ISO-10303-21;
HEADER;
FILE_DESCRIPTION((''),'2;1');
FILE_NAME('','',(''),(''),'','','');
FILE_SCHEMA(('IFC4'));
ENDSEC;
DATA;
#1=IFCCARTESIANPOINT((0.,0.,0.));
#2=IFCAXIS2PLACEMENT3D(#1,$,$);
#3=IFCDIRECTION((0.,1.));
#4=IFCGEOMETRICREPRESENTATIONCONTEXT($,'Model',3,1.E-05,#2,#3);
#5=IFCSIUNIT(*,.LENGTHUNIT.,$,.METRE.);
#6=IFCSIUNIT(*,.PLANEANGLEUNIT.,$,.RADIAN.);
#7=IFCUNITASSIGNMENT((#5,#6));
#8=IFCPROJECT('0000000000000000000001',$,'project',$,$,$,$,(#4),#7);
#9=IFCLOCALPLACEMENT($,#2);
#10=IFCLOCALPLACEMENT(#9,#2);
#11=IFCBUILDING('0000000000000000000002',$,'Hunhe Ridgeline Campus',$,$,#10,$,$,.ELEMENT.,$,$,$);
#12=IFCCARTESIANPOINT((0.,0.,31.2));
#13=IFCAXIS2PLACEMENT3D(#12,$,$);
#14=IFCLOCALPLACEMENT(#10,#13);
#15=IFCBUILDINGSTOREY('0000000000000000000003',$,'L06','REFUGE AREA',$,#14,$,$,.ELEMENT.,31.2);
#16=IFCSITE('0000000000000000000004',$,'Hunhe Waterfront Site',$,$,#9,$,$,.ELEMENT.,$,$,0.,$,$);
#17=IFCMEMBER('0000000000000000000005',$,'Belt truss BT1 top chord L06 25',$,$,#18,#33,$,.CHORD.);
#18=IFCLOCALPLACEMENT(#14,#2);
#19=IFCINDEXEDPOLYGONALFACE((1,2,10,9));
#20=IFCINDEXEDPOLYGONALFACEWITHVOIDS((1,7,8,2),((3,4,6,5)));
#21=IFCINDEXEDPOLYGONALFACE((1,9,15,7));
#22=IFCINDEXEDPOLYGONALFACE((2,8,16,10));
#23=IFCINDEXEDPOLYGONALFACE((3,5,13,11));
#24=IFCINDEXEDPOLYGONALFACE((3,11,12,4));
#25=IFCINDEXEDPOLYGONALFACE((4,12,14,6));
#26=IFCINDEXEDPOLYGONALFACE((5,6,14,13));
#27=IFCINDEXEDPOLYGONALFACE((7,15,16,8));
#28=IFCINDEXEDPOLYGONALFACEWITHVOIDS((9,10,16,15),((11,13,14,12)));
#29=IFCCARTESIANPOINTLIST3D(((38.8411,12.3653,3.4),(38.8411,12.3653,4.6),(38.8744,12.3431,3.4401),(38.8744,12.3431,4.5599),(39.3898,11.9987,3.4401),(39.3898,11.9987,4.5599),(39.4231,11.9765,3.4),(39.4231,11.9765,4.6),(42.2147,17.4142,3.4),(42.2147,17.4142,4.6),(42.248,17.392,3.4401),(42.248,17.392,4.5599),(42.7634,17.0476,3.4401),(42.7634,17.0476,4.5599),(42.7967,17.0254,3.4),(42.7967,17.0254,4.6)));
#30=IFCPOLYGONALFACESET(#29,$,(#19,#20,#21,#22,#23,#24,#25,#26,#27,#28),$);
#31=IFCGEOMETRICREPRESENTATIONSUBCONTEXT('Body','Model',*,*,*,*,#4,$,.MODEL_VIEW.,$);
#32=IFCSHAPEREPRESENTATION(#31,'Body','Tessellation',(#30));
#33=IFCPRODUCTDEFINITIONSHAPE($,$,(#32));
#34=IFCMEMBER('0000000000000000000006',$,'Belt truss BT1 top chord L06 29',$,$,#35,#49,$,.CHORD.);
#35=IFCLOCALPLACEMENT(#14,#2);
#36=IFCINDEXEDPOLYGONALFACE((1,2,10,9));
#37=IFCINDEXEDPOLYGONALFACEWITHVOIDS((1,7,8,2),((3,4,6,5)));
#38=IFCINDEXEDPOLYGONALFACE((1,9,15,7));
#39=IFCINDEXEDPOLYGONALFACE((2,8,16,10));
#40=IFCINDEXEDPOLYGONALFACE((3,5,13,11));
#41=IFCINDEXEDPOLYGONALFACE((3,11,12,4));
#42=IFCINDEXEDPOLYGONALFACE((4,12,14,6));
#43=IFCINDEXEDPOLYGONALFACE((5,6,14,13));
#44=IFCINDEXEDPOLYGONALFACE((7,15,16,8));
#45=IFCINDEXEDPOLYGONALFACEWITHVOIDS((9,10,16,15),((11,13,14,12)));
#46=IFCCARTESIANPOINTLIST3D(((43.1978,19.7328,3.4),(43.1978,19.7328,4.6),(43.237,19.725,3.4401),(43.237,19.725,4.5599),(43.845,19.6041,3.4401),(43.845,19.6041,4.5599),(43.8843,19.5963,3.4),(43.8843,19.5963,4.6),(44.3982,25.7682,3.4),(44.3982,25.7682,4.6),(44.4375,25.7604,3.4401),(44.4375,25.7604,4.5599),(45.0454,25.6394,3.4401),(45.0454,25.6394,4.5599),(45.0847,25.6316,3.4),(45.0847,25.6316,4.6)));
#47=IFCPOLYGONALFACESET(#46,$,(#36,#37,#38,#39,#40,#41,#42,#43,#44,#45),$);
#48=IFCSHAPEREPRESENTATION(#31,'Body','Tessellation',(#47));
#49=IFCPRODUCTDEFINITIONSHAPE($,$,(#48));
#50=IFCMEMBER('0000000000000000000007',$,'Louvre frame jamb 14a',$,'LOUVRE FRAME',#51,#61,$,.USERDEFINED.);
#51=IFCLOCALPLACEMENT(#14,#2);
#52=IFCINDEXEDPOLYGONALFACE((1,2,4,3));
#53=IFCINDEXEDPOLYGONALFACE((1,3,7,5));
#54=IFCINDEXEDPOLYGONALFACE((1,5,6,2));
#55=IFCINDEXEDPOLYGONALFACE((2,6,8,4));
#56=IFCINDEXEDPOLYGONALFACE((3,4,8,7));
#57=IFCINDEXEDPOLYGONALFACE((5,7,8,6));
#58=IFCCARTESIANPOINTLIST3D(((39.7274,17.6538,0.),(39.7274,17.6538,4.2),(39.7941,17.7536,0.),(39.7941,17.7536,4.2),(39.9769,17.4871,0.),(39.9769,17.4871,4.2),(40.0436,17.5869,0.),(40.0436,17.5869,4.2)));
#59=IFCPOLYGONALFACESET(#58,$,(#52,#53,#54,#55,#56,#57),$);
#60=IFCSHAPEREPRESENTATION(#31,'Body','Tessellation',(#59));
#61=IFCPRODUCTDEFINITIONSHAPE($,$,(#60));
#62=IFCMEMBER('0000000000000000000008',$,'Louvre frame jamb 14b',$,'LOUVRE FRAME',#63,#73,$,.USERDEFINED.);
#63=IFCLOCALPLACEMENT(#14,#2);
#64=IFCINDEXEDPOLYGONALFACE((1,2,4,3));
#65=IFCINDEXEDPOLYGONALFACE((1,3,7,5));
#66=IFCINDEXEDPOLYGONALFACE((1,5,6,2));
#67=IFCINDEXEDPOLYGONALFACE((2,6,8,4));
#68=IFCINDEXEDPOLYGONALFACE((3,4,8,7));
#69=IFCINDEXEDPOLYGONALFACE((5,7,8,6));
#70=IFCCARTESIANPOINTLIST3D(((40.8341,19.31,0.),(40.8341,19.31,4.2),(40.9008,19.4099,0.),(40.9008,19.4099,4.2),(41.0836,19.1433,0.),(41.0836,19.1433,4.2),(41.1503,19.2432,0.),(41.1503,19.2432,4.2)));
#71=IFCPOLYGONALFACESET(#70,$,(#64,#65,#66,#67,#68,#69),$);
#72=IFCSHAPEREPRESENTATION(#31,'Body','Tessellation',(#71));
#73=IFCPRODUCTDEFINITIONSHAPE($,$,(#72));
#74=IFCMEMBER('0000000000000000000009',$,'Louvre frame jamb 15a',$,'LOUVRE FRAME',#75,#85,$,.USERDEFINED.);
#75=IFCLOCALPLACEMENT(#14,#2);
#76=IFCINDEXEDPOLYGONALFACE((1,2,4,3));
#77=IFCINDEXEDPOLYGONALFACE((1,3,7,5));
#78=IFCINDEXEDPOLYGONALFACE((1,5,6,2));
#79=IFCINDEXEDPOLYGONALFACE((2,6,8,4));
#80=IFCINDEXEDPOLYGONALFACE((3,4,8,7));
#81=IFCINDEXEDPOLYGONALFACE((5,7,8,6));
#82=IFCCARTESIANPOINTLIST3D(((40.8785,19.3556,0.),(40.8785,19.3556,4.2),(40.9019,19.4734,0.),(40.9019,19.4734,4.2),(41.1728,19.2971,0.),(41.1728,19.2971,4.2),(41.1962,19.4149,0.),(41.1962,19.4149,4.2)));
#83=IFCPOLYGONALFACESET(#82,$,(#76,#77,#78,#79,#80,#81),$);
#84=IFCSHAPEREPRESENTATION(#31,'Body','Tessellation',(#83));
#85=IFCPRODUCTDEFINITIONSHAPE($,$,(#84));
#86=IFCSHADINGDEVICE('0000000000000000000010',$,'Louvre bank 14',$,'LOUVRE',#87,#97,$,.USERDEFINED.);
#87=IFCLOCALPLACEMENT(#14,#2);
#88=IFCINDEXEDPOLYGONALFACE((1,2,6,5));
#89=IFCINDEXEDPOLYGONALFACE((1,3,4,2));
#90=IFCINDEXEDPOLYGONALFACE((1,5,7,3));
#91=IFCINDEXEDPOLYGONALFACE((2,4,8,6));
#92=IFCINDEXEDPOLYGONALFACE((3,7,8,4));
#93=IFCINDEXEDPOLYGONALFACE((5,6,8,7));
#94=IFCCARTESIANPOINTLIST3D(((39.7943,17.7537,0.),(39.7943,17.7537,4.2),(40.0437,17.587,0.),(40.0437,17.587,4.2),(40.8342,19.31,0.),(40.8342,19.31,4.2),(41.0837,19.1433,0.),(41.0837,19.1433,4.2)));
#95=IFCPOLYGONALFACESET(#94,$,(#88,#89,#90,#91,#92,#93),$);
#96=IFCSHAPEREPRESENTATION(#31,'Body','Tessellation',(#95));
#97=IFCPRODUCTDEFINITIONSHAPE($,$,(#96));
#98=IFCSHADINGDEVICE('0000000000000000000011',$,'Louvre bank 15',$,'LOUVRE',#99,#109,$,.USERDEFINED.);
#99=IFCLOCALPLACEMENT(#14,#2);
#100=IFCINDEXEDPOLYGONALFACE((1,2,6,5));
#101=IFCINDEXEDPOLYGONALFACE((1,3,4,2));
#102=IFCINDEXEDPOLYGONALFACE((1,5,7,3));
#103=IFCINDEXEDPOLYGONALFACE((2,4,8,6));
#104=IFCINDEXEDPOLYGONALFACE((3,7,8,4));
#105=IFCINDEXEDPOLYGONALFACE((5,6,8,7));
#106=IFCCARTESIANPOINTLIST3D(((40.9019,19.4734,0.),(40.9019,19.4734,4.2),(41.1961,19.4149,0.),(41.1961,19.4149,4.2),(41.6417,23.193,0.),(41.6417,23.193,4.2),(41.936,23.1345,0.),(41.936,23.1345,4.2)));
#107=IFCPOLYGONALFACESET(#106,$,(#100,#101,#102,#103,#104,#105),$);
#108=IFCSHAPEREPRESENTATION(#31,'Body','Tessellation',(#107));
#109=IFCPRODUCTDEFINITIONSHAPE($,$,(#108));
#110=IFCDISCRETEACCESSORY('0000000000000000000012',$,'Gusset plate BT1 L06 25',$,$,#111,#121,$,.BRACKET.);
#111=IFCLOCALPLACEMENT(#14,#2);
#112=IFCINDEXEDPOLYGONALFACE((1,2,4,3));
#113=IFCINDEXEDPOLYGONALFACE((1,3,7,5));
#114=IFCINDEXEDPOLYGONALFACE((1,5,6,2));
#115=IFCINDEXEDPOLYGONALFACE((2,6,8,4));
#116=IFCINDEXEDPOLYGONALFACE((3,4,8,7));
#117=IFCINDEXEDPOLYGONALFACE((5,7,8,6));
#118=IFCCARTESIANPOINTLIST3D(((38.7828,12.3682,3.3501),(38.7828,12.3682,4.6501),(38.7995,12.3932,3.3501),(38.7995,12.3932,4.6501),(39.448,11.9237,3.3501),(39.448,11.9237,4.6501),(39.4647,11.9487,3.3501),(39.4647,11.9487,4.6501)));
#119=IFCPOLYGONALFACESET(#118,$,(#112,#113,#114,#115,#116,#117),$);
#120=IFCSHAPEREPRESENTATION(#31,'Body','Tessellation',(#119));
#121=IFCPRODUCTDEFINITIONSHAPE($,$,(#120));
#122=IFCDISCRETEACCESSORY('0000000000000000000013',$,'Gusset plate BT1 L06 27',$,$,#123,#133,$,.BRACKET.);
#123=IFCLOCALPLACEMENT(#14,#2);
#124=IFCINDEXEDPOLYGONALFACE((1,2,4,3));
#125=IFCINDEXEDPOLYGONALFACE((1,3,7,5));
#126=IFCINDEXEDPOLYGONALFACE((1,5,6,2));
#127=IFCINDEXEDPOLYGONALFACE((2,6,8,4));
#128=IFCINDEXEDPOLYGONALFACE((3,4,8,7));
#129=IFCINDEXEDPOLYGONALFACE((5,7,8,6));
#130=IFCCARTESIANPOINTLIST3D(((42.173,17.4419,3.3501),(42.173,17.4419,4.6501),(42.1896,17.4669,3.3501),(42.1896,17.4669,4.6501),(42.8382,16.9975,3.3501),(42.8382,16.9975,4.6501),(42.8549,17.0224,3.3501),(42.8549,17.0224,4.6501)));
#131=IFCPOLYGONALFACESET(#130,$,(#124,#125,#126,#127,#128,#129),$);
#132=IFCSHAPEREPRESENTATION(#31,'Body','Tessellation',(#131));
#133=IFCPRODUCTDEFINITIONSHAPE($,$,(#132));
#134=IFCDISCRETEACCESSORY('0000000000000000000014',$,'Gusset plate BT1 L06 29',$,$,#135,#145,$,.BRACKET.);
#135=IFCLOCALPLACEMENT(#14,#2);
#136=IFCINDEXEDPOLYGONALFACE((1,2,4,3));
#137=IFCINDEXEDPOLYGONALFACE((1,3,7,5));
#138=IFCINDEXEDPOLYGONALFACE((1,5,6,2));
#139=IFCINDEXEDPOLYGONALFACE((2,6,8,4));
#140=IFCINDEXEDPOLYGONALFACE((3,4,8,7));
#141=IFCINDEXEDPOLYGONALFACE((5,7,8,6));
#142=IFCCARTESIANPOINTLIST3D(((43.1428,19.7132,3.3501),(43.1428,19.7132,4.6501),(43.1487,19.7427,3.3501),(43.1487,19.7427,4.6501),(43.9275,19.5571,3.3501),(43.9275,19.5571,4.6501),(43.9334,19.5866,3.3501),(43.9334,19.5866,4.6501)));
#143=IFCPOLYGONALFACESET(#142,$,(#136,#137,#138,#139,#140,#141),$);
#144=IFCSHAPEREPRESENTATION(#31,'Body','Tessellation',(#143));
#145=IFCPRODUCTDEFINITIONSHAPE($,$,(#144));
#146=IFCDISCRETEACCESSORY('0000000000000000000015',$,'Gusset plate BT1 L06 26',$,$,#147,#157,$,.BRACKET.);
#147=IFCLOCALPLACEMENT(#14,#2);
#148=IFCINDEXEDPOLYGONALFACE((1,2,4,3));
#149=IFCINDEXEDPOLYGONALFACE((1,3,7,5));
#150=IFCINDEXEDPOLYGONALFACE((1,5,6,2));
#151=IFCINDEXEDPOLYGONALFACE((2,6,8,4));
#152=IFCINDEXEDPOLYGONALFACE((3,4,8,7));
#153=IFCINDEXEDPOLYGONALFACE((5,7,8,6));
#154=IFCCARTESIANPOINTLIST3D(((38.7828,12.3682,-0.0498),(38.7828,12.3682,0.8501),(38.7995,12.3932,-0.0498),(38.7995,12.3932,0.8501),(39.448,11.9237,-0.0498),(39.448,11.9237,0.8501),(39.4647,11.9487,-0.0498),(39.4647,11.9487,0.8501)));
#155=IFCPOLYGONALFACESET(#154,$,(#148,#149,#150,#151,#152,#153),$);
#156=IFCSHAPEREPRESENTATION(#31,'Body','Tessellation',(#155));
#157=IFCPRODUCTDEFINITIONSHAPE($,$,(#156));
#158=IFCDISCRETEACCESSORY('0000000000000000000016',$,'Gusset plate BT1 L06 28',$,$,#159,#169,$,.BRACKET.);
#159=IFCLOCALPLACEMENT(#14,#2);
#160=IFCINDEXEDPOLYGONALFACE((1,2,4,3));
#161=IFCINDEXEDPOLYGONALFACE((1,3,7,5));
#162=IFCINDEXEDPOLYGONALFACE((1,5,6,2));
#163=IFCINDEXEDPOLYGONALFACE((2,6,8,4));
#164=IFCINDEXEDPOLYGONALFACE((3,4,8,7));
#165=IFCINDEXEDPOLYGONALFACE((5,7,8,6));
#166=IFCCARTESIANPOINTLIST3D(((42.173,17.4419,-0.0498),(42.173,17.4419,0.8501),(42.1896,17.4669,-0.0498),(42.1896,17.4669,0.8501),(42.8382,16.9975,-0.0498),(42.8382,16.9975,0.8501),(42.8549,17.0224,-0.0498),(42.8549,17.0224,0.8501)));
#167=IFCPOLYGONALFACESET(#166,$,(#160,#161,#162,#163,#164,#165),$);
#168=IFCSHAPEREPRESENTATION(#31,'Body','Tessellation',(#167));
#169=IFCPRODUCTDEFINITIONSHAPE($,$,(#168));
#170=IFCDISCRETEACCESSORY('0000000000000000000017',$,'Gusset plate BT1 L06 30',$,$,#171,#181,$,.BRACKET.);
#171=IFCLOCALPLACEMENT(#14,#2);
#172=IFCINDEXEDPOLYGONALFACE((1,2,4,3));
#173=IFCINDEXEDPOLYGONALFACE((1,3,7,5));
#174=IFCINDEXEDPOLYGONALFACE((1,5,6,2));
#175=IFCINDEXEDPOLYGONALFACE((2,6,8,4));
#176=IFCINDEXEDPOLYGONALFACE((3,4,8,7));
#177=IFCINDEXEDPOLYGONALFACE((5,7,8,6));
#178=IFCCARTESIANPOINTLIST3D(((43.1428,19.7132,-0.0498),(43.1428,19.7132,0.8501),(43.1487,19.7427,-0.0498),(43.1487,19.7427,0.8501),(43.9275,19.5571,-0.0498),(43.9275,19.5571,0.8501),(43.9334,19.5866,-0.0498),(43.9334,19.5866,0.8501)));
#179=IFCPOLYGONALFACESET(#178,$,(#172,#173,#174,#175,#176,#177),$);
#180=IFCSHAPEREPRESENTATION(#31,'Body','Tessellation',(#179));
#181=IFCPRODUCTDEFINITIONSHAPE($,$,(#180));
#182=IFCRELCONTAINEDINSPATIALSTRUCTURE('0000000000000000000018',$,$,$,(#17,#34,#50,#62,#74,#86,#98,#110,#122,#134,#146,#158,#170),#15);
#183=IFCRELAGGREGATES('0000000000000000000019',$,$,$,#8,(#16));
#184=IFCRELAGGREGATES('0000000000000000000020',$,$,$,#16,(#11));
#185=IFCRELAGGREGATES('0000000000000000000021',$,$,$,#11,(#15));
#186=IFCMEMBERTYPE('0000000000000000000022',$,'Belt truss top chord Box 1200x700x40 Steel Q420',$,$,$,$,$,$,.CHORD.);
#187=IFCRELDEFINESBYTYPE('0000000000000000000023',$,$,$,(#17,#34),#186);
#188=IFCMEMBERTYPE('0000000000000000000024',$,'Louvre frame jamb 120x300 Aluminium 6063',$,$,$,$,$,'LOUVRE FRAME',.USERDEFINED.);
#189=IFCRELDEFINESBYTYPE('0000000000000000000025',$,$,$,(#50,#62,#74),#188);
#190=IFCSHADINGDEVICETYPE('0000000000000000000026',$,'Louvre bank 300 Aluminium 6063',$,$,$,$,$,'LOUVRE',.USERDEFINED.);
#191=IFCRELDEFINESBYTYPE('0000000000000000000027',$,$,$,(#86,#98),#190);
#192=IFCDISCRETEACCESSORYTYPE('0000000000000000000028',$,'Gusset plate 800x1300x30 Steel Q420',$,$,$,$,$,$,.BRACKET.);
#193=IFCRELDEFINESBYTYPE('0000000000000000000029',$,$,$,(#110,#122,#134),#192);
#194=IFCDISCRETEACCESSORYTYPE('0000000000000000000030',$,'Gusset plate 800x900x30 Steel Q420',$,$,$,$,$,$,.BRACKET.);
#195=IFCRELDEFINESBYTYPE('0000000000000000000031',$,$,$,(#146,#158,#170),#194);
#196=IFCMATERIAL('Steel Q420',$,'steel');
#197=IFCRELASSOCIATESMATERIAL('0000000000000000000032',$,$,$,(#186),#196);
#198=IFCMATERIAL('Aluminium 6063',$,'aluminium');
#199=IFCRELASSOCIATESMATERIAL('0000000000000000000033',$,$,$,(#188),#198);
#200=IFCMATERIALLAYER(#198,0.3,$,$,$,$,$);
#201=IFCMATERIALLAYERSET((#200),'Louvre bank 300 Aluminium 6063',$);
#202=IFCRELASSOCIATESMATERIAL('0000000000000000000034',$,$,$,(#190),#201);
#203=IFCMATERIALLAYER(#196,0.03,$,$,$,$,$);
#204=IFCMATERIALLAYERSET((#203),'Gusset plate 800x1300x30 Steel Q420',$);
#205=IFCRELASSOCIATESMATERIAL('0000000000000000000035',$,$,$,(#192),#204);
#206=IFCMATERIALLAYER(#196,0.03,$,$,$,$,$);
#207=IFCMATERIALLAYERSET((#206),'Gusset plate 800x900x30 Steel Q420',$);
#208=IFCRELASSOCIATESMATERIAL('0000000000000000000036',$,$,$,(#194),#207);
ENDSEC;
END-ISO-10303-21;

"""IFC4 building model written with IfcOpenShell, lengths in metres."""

from ifc_helpers import new_model, si_unit, direction, frame, origin, origin_2d, place, context, subcontext, project, spatial, rectangle, hollow_rectangle, extrude, material, layer, layer_set, material_profile, profile_set, type_object, element, save


model = new_model("IFC4")

# Units and contexts
model_context = context("Model", 3, precision=1e-05, world=origin(), true_north=direction((0.0, 1.0)))
body_context = subcontext(model_context, "Body", "Model", "MODEL_VIEW")
ifc_project = project(units=[si_unit("LENGTHUNIT", "METRE"), si_unit("PLANEANGLEUNIT", "RADIAN")], contexts=[model_context])

# Site, building, storey
site_placement = place(None, origin())
site = spatial("IfcSite", under=ifc_project, at=site_placement, Name="Hunhe Waterfront Site", CompositionType="ELEMENT", RefElevation=0.0)
building_placement = place(site_placement, origin())
building = spatial("IfcBuilding", under=site, at=building_placement, Name="Hunhe Ridgeline Campus", CompositionType="ELEMENT")
storey_placement = place(building_placement, frame((0.0, 0.0, 31.2)))
storey = spatial("IfcBuildingStorey", under=building, at=storey_placement, Name="L06", Description="REFUGE AREA", CompositionType="ELEMENT", Elevation=31.2)

# Members
ifc_material_1 = material(Name="Steel Q420", Category="steel")
ifc_material_profile_1 = material_profile(ifc_material_1, hollow_rectangle(XDim=0.7, YDim=1.2, WallThickness=0.04, at=origin_2d()))
ifc_profile_set_1 = profile_set([ifc_material_profile_1], Name="Steel Q420")
member_type_1 = type_object("IfcMemberType", Name="Belt truss top chord Box 1200x700x40 Steel Q420", PredefinedType="CHORD", material=ifc_profile_set_1)
member_1_placement = place(storey_placement, frame((39.1321, 12.1709, 4.0), z_axis=(0.555572, 0.831468, 0.0), x_axis=(-0.831468, 0.555572, 0.0)))
element("IfcMember", 1, at=member_1_placement, inside=storey, type_object=member_type_1, Name="Belt truss BT1 top chord L06 25", PredefinedType="CHORD", context=body_context, shape_type="SweptSolid", body=[
    extrude(hollow_rectangle(XDim=0.7, YDim=1.2, WallThickness=0.04, at=origin_2d()), origin(), (0.0, 0.0, 1.0), 6.0723),
])
member_2_placement = place(storey_placement, frame((43.541, 19.6646, 4.0), z_axis=(0.195078, 0.980788, 0.0), x_axis=(-0.980788, 0.195078, 0.0)))
element("IfcMember", 2, at=member_2_placement, inside=storey, type_object=member_type_1, Name="Belt truss BT1 top chord L06 29", PredefinedType="CHORD", context=body_context, shape_type="SweptSolid", body=[
    extrude(hollow_rectangle(XDim=0.7, YDim=1.2, WallThickness=0.04, at=origin_2d()), origin(), (0.0, 0.0, 1.0), 6.1536),
])
ifc_material_2 = material(Name="Aluminium 6063", Category="aluminium")
ifc_material_profile_2 = material_profile(ifc_material_2, rectangle(XDim=0.3, YDim=0.1201, at=origin_2d()))
ifc_profile_set_2 = profile_set([ifc_material_profile_2], Name="Aluminium 6063")
member_type_2 = type_object("IfcMemberType", Name="Louvre frame jamb 120x300 Aluminium 6063", ElementType="LOUVRE FRAME", PredefinedType="USERDEFINED", material=ifc_profile_set_2)
for number, where, z_axis, x_axis, name in (
    (3, (39.8855, 17.6204, 0.0), (0.0, 0.0, 1.0), (-0.83147, 0.55557, 0.0), "Louvre frame jamb 14a"),
    (4, (40.9922, 19.2766, 0.0), (0.0, 0.0, 1.0), (-0.83147, 0.55557, 0.0), "Louvre frame jamb 14b"),
    (5, (41.0374, 19.3853, 0.0), (0.0, 0.0, 1.0), (-0.980785, 0.19509, 0.0), "Louvre frame jamb 15a"),
):
    element("IfcMember", number, at=place(storey_placement, frame(where, z_axis=z_axis, x_axis=x_axis)), inside=storey, type_object=member_type_2, Name=name, ObjectType="LOUVRE FRAME", PredefinedType="USERDEFINED", context=body_context, shape_type="SweptSolid", body=[
        extrude(rectangle(XDim=0.3, YDim=0.1201, at=origin_2d()), origin(), (0.0, 0.0, 1.0), 4.2),
    ])

# Shading devices
ifc_layer_1 = layer(ifc_material_2, 0.3)
ifc_layer_set_1 = layer_set([ifc_layer_1], Name="Louvre bank 300 Aluminium 6063")
shading_device_type = type_object("IfcShadingDeviceType", Name="Louvre bank 300 Aluminium 6063", ElementType="LOUVRE", PredefinedType="USERDEFINED", material=ifc_layer_set_1)
shading_device_1_placement = place(storey_placement, frame((40.439, 18.4485, 0.0), z_axis=(0.0, 0.0, 1.0), x_axis=(0.55557, 0.83147, 0.0)))
element("IfcShadingDevice", 6, at=shading_device_1_placement, inside=storey, type_object=shading_device_type, Name="Louvre bank 14", ObjectType="LOUVRE", PredefinedType="USERDEFINED", context=body_context, shape_type="SweptSolid", body=[
    extrude(rectangle(XDim=1.8718, YDim=0.3, at=origin_2d()), origin(), (0.0, 0.0, 1.0), 4.2),
])
shading_device_2_placement = place(storey_placement, frame((41.4189, 21.304, 0.0), z_axis=(0.0, 0.0, 1.0), x_axis=(0.19509, 0.980785, 0.0)))
element("IfcShadingDevice", 7, at=shading_device_2_placement, inside=storey, type_object=shading_device_type, Name="Louvre bank 15", ObjectType="LOUVRE", PredefinedType="USERDEFINED", context=body_context, shape_type="SweptSolid", body=[
    extrude(rectangle(XDim=3.7925, YDim=0.3, at=origin_2d()), origin(), (0.0, 0.0, 1.0), 4.2),
])

# Discrete accessories
ifc_layer_2 = layer(ifc_material_1, 0.03)
ifc_layer_set_2 = layer_set([ifc_layer_2], Name="Gusset plate 800x1300x30 Steel Q420")
discrete_accessory_type_1 = type_object("IfcDiscreteAccessoryType", Name="Gusset plate 800x1300x30 Steel Q420", PredefinedType="BRACKET", material=ifc_layer_set_2)
for number, where, z_axis, x_axis, name in (
    (8, (39.1238, 12.1584, 3.3501), (0.0, 0.0, 1.0), (-0.55557, -0.83147, 0.0), "Gusset plate BT1 L06 25"),
    (9, (42.5139, 17.2322, 3.3501), (0.0, 0.0, 1.0), (0.55557, 0.83147, 0.0), "Gusset plate BT1 L06 27"),
    (10, (43.5381, 19.6499, 3.3501), (0.0, 0.0, 1.0), (-0.19509, -0.980785, 0.0), "Gusset plate BT1 L06 29"),
):
    element("IfcDiscreteAccessory", number, at=place(storey_placement, frame(where, z_axis=z_axis, x_axis=x_axis)), inside=storey, type_object=discrete_accessory_type_1, Name=name, PredefinedType="BRACKET", context=body_context, shape_type="SweptSolid", body=[
        extrude(rectangle(XDim=0.03, YDim=0.8, at=origin_2d()), origin(), (0.0, 0.0, 1.0), 1.3),
    ])
ifc_layer_3 = layer(ifc_material_1, 0.03)
ifc_layer_set_3 = layer_set([ifc_layer_3], Name="Gusset plate 800x900x30 Steel Q420")
discrete_accessory_type_2 = type_object("IfcDiscreteAccessoryType", Name="Gusset plate 800x900x30 Steel Q420", PredefinedType="BRACKET", material=ifc_layer_set_3)
for number, where, z_axis, x_axis, name in (
    (11, (39.1238, 12.1584, -0.0498), (0.0, 0.0, 1.0), (-0.55557, -0.83147, 0.0), "Gusset plate BT1 L06 26"),
    (12, (42.5139, 17.2322, -0.0498), (0.0, 0.0, 1.0), (0.55557, 0.83147, 0.0), "Gusset plate BT1 L06 28"),
    (13, (43.5381, 19.6499, -0.0498), (0.0, 0.0, 1.0), (-0.19509, -0.980785, 0.0), "Gusset plate BT1 L06 30"),
):
    element("IfcDiscreteAccessory", number, at=place(storey_placement, frame(where, z_axis=z_axis, x_axis=x_axis)), inside=storey, type_object=discrete_accessory_type_2, Name=name, PredefinedType="BRACKET", context=body_context, shape_type="SweptSolid", body=[
        extrude(rectangle(XDim=0.03, YDim=0.8, at=origin_2d()), origin(), (0.0, 0.0, 1.0), 0.8999),
    ])

save(model, "model.ifc")
